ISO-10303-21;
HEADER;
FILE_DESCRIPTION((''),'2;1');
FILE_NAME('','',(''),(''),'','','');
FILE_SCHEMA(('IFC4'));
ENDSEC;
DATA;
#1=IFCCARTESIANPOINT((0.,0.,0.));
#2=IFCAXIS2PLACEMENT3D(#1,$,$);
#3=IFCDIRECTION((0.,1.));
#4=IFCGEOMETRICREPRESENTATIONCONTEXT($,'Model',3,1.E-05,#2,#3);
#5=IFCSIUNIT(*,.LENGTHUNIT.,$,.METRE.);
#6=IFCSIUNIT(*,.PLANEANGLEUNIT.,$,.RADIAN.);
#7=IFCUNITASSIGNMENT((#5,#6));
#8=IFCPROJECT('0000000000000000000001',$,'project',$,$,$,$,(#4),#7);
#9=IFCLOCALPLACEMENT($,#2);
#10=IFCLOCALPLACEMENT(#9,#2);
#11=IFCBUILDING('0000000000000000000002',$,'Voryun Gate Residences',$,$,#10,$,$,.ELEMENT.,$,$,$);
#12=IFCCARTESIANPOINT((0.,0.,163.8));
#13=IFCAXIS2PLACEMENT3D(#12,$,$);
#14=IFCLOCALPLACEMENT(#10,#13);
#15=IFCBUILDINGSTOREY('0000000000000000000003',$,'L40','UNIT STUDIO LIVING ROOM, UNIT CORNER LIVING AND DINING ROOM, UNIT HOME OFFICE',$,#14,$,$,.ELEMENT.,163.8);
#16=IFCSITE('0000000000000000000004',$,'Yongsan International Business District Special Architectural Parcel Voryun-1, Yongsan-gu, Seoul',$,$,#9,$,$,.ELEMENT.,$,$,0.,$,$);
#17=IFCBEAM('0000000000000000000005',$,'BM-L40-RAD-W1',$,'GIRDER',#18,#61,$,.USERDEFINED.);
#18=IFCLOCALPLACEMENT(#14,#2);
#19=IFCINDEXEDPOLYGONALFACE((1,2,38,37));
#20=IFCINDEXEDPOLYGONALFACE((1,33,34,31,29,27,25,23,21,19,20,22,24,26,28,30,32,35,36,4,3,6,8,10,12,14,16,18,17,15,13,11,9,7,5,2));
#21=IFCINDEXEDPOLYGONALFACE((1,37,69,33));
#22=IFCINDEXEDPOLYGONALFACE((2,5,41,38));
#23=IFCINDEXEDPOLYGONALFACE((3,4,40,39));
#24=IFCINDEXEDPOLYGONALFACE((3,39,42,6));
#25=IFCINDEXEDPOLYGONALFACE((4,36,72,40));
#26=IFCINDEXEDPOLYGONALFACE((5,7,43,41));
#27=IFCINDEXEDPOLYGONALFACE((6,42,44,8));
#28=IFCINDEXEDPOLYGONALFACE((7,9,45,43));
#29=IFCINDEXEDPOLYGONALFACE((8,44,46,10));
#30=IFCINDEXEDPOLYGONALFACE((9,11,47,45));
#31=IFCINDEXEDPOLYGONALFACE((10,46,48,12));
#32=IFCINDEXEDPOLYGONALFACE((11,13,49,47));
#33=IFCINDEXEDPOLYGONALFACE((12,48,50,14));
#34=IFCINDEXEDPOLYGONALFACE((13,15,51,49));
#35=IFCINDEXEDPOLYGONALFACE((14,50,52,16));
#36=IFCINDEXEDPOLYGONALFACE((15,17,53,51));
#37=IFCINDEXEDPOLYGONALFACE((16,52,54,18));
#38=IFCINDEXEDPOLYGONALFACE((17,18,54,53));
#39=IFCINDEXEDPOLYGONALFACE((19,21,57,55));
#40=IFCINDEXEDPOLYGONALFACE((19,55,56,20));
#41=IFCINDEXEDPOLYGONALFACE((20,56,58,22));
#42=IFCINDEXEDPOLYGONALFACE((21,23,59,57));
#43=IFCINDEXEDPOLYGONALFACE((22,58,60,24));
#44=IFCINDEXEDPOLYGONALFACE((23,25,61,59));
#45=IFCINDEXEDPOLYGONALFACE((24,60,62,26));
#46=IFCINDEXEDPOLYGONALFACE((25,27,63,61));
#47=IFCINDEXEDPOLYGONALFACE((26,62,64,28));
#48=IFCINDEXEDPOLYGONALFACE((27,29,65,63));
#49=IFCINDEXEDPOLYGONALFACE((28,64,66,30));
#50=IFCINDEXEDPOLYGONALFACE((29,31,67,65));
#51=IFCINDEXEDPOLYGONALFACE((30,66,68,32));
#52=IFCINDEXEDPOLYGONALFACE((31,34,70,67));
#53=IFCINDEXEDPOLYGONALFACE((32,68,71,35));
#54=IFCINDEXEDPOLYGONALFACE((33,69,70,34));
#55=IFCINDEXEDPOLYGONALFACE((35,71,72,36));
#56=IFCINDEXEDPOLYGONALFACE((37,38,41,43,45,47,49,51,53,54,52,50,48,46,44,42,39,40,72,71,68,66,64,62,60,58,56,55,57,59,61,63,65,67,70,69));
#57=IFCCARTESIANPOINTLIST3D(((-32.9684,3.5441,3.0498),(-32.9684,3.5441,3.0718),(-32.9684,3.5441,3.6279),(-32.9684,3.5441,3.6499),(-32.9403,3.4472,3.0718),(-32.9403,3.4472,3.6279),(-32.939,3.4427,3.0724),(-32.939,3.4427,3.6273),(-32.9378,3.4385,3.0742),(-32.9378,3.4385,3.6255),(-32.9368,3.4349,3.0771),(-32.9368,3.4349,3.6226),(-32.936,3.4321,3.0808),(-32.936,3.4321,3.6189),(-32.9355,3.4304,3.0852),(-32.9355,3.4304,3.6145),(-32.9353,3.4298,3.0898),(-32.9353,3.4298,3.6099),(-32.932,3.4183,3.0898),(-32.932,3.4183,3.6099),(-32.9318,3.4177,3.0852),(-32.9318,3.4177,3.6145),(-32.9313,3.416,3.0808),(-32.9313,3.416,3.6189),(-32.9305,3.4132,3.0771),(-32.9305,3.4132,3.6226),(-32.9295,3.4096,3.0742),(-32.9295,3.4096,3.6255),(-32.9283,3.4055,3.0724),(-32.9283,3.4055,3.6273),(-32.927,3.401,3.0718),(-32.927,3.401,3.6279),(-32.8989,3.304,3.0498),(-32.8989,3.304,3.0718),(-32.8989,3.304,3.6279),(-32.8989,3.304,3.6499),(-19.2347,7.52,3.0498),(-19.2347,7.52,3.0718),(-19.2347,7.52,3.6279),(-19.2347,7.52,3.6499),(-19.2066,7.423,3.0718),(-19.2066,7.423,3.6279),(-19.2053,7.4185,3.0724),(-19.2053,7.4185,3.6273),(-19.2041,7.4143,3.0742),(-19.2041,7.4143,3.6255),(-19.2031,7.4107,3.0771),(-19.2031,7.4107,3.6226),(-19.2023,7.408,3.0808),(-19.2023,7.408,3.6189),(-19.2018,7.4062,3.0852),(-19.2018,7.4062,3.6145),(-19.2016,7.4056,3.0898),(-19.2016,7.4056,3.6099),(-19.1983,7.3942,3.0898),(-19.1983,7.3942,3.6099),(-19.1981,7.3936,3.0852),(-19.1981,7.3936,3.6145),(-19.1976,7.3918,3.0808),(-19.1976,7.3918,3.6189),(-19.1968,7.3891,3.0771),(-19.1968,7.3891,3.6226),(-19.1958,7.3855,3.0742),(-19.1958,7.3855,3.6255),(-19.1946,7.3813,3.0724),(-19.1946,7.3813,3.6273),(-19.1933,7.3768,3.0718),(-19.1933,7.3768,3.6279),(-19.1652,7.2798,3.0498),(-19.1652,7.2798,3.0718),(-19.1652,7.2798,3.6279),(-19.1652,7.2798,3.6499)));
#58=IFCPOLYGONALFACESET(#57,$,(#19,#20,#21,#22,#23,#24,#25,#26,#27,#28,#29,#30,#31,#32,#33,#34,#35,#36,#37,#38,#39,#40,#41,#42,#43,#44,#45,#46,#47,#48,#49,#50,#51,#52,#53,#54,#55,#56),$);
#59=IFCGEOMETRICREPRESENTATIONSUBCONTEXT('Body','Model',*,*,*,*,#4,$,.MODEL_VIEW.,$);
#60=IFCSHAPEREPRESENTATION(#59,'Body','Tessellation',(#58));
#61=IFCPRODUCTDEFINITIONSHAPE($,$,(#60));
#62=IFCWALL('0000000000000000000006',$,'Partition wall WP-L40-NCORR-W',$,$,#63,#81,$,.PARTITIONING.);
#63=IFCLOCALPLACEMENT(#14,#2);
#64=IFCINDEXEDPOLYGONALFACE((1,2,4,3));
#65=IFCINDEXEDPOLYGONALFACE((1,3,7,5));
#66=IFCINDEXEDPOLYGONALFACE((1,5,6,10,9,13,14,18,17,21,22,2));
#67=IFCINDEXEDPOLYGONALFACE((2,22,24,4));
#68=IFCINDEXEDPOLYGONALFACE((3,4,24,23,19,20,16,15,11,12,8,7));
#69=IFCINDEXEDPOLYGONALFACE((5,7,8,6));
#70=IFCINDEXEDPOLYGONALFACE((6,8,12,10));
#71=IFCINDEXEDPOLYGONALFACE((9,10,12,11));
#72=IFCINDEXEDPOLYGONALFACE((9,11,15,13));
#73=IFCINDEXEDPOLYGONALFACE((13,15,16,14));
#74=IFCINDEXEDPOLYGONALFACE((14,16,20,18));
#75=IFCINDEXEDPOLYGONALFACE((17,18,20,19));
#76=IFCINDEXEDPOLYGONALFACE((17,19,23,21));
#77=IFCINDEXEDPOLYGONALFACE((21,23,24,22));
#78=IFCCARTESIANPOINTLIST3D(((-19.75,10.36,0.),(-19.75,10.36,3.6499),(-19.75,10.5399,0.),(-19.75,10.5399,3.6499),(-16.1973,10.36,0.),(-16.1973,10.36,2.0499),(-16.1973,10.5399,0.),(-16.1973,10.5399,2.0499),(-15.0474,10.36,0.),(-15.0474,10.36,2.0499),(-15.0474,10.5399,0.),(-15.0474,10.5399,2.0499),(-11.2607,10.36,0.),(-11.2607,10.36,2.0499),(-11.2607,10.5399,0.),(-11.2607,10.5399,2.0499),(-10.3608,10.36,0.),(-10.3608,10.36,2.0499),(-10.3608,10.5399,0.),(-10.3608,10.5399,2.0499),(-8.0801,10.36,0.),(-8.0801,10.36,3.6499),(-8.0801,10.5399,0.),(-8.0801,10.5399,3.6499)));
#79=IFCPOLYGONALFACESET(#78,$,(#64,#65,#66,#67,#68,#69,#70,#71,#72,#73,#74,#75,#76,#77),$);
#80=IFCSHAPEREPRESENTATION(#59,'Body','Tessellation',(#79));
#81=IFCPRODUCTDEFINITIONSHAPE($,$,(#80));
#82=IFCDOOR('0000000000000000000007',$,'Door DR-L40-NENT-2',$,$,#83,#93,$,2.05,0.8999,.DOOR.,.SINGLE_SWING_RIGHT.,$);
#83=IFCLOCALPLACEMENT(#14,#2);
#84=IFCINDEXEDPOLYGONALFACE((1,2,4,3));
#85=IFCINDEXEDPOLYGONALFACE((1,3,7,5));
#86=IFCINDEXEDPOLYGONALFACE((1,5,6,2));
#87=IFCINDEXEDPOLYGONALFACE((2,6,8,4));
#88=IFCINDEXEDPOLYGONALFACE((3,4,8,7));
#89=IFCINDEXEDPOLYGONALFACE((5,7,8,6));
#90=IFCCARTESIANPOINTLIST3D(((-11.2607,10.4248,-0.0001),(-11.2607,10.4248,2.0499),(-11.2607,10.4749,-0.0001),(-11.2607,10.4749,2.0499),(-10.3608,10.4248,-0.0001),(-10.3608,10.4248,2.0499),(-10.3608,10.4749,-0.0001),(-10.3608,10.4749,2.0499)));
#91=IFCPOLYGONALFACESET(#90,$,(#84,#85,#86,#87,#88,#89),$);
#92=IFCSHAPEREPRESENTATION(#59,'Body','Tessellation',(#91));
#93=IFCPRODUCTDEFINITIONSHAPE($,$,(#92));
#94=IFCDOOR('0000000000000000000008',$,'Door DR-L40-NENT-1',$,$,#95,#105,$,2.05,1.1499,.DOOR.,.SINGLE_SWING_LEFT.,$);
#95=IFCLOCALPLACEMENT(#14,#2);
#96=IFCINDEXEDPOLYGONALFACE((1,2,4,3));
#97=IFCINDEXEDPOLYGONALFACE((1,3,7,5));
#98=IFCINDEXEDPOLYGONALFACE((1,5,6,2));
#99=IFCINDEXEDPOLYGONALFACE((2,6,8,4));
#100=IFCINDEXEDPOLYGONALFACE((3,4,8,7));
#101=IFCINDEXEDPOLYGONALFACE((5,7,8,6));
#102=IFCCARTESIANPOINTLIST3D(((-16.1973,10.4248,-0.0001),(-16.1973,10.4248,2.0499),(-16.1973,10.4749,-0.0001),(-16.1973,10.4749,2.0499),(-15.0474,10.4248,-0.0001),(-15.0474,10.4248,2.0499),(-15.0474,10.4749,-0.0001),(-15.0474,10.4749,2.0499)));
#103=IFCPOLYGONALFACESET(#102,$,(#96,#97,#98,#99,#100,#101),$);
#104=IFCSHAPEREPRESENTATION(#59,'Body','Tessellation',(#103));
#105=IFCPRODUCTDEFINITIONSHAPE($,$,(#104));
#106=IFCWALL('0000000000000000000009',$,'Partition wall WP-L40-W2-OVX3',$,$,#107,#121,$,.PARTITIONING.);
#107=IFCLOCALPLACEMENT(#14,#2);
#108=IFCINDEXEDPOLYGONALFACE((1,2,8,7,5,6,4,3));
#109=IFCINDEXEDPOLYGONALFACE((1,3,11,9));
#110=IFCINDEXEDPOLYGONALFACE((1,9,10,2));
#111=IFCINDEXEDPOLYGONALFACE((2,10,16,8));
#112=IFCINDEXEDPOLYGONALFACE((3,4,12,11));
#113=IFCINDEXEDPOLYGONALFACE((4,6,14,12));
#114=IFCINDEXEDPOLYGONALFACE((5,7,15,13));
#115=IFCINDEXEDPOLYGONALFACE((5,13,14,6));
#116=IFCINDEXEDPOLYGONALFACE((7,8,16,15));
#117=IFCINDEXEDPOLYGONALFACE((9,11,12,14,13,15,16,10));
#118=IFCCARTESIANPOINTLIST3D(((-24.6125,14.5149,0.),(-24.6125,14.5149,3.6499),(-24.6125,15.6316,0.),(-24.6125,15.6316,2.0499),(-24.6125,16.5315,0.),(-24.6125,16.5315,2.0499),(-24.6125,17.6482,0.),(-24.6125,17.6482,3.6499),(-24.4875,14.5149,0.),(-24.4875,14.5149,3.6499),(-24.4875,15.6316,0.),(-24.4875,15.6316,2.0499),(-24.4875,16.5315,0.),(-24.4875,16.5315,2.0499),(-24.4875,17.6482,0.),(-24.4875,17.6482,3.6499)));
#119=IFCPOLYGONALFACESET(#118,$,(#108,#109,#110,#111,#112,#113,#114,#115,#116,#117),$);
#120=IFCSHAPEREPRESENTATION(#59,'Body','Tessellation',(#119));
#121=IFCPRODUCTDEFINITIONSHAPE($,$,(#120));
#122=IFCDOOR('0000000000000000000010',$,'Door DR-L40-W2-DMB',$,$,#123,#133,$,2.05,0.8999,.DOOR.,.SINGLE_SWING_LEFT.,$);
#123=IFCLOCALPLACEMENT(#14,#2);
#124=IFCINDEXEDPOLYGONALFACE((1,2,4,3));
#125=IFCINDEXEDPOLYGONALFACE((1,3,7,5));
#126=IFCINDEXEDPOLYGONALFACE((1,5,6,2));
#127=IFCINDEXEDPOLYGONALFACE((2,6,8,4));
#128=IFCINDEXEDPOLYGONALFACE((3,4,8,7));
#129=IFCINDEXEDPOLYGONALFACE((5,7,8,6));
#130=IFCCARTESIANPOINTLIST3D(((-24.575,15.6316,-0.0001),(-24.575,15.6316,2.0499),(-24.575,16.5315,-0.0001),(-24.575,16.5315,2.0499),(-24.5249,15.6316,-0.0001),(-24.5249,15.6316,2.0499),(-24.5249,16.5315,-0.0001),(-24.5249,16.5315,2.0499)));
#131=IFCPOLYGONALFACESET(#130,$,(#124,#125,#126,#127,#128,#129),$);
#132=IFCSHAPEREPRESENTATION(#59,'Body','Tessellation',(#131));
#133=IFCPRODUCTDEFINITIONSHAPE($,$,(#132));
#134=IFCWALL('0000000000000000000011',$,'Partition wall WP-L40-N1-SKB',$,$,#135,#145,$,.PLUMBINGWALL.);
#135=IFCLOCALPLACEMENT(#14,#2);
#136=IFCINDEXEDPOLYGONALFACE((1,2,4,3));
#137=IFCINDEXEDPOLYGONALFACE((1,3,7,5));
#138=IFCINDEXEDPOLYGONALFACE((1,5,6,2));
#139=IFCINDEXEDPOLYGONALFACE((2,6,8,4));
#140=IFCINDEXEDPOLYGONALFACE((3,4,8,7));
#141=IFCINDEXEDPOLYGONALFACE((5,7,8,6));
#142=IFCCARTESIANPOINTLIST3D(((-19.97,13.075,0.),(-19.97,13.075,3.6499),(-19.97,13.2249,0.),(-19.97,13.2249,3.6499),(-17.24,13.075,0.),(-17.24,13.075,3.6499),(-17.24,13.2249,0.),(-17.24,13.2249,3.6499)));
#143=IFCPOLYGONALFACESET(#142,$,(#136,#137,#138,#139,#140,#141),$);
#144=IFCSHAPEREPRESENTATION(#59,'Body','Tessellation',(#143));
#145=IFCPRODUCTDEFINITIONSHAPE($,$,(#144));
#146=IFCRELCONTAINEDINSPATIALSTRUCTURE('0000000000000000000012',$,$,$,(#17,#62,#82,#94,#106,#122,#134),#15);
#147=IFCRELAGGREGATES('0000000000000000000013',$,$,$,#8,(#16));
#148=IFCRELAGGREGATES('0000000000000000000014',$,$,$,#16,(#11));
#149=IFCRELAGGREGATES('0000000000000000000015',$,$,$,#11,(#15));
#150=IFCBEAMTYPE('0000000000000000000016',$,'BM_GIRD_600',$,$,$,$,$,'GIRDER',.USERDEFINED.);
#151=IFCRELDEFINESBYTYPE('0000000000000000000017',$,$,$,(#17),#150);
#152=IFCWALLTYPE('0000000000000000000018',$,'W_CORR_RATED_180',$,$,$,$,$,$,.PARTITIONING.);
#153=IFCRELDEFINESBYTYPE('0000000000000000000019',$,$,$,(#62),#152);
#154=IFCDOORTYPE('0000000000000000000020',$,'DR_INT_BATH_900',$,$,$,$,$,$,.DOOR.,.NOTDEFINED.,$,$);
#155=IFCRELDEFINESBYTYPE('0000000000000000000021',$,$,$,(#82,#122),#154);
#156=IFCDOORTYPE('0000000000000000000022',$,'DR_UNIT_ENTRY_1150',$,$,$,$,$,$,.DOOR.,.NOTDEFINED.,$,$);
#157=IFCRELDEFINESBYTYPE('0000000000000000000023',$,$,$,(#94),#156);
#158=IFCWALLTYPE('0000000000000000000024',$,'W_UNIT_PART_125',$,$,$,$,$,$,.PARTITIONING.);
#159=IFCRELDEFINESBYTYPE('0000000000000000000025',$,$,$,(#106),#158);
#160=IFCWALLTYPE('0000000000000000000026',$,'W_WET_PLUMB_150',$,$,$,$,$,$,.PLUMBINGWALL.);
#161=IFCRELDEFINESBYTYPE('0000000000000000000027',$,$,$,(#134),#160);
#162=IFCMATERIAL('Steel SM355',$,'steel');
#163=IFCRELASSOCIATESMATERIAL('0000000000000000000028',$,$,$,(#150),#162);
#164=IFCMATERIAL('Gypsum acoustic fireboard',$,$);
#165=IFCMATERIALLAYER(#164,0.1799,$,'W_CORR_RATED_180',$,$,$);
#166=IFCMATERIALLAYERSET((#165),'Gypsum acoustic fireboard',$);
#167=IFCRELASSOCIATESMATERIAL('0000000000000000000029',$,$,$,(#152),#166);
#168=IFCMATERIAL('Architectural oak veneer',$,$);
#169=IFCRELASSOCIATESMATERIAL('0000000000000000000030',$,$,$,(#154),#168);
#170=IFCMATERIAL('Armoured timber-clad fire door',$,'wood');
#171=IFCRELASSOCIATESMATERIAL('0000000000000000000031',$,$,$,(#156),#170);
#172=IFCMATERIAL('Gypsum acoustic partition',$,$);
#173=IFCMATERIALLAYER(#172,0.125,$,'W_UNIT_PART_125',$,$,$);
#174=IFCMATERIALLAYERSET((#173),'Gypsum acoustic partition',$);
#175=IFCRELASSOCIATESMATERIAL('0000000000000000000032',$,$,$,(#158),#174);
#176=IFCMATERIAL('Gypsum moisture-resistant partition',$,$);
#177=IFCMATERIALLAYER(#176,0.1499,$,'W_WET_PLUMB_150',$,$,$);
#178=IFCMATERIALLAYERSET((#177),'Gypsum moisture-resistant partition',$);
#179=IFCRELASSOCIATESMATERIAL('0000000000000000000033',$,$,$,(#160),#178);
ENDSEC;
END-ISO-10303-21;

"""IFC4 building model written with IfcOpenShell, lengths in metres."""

from ifc_helpers import new_model, si_unit, direction, frame, frame_2d, origin, origin_2d, place, context, subcontext, project, spatial, rectangle, i_section, extrude, material, layer, layer_set, material_profile, profile_set, type_object, element, fill, save


model = new_model("IFC4")

# Units and contexts
model_context = context("Model", 3, precision=1e-05, world=origin(), true_north=direction((0.0, 1.0)))
body_context = subcontext(model_context, "Body", "Model", "MODEL_VIEW")
ifc_project = project(units=[si_unit("LENGTHUNIT", "METRE"), si_unit("PLANEANGLEUNIT", "RADIAN")], contexts=[model_context])

# Site, building, storey
site_placement = place(None, origin())
site = spatial("IfcSite", under=ifc_project, at=site_placement, Name="Yongsan International Business District Special Architectural Parcel Voryun-1, Yongsan-gu, Seoul", CompositionType="ELEMENT", RefElevation=0.0)
building_placement = place(site_placement, origin())
building = spatial("IfcBuilding", under=site, at=building_placement, Name="Voryun Gate Residences", CompositionType="ELEMENT")
storey_placement = place(building_placement, frame((0.0, 0.0, 163.8)))
storey = spatial("IfcBuildingStorey", under=building, at=storey_placement, Name="L40", Description="UNIT STUDIO LIVING ROOM, UNIT CORNER LIVING AND DINING ROOM, UNIT HOME OFFICE", CompositionType="ELEMENT", Elevation=163.8)

# Beam
ifc_material_1 = material(Name="Steel SM355", Category="steel")
ifc_material_profile_1 = material_profile(ifc_material_1, i_section(OverallWidth=0.25, OverallDepth=0.6001, WebThickness=0.012, FlangeThickness=0.022, FilletRadius=0.0181, at=origin_2d()), Name="H-600x250x12x22")
ifc_profile_set_1 = profile_set([ifc_material_profile_1], Name="Steel SM355")
beam_type_1 = type_object("IfcBeamType", Name="BM_GIRD_600", ElementType="GIRDER", PredefinedType="USERDEFINED", material=ifc_profile_set_1)
beam_1_placement = place(storey_placement, frame((-19.2, 7.3999, 3.3499), z_axis=(-0.960559, -0.278078, 0.0), x_axis=(0.278078, -0.960559, 0.0)))
element("IfcBeam", 1, at=beam_1_placement, inside=storey, type_object=beam_type_1, Name="BM-L40-RAD-W1", ObjectType="GIRDER", PredefinedType="USERDEFINED", context=body_context, shape_type="SweptSolid", body=[
    extrude(i_section(OverallWidth=0.25, OverallDepth=0.6001, WebThickness=0.012, FlangeThickness=0.022, FilletRadius=0.0181, at=origin_2d()), origin(), (0.0, 0.0, 1.0), 14.2976),
])

# Wall, openings, doors
ifc_material_2 = material(Name="Gypsum acoustic fireboard")
ifc_layer_1 = layer(ifc_material_2, 0.1799, Name="W_CORR_RATED_180")
ifc_layer_set_1 = layer_set([ifc_layer_1], Name="Gypsum acoustic fireboard")
wall_type_1 = type_object("IfcWallType", Name="W_CORR_RATED_180", PredefinedType="PARTITIONING", material=ifc_layer_set_1)
wall_1_placement = place(storey_placement, frame((-19.75, 10.45, 0.0), z_axis=(0.0, 0.0, 1.0), x_axis=(1.0, 0.0, 0.0)))
wall_1 = element("IfcWall", 2, at=wall_1_placement, inside=storey, type_object=wall_type_1, Name="Partition wall WP-L40-NCORR-W", PredefinedType="PARTITIONING", context=body_context, shape_type="SweptSolid", body=[
    extrude(rectangle(XDim=11.6699, YDim=0.1799, at=frame_2d((5.835, 0.0))), origin(), (0.0, 0.0, 1.0), 3.6499),
])
opening_1_placement = place(wall_1_placement, frame((3.5527, 0.0, 0.0)))
opening_1 = element("IfcOpeningElement", 3, at=opening_1_placement, cuts=wall_1, PredefinedType="OPENING", context=body_context, shape_type="SweptSolid", body=[
    extrude(rectangle(XDim=1.1499, YDim=2.05, at=frame_2d((0.575, 1.0249))), frame((0.0, 0.0999, 0.0), z_axis=(0.0, -1.0, 0.0), x_axis=(1.0, 0.0, 0.0)), (0.0, 0.0, 1.0), 0.2),
])
opening_2_placement = place(wall_1_placement, frame((8.4893, 0.0, 0.0)))
opening_2 = element("IfcOpeningElement", 4, at=opening_2_placement, cuts=wall_1, PredefinedType="OPENING", context=body_context, shape_type="SweptSolid", body=[
    extrude(rectangle(XDim=0.8999, YDim=2.05, at=frame_2d((0.45, 1.0249))), frame((0.0, 0.0999, 0.0), z_axis=(0.0, -1.0, 0.0), x_axis=(1.0, 0.0, 0.0)), (0.0, 0.0, 1.0), 0.2),
])
ifc_material_3 = material(Name="Architectural oak veneer")
door_type_1 = type_object("IfcDoorType", Name="DR_INT_BATH_900", OperationType="NOTDEFINED", PredefinedType="DOOR", material=ifc_material_3)
door_1_placement = place(opening_2_placement, origin())
door_1 = element("IfcDoor", 5, at=door_1_placement, inside=storey, type_object=door_type_1, Name="Door DR-L40-NENT-2", OperationType="SINGLE_SWING_RIGHT", OverallHeight=2.05, OverallWidth=0.8999, PredefinedType="DOOR", context=body_context, shape_type="SweptSolid", body=[
    extrude(rectangle(XDim=0.8999, YDim=2.05, at=frame_2d((0.45, 1.0249))), frame((0.0, 0.0249, 0.0), z_axis=(0.0, -1.0, 0.0), x_axis=(1.0, 0.0, 0.0)), (0.0, 0.0, 1.0), 0.05),
])
fill(opening_2, door_1)
ifc_material_4 = material(Name="Armoured timber-clad fire door", Category="wood")
door_type_2 = type_object("IfcDoorType", Name="DR_UNIT_ENTRY_1150", OperationType="NOTDEFINED", PredefinedType="DOOR", material=ifc_material_4)
door_2_placement = place(opening_1_placement, origin())
door_2 = element("IfcDoor", 6, at=door_2_placement, inside=storey, type_object=door_type_2, Name="Door DR-L40-NENT-1", OperationType="SINGLE_SWING_LEFT", OverallHeight=2.05, OverallWidth=1.1499, PredefinedType="DOOR", context=body_context, shape_type="SweptSolid", body=[
    extrude(rectangle(XDim=1.1499, YDim=2.05, at=frame_2d((0.575, 1.0249))), frame((0.0, 0.0249, 0.0), z_axis=(0.0, -1.0, 0.0), x_axis=(1.0, 0.0, 0.0)), (0.0, 0.0, 1.0), 0.05),
])
fill(opening_1, door_2)

# Wall, opening, door
ifc_material_5 = material(Name="Gypsum acoustic partition")
ifc_layer_2 = layer(ifc_material_5, 0.125, Name="W_UNIT_PART_125")
ifc_layer_set_2 = layer_set([ifc_layer_2], Name="Gypsum acoustic partition")
wall_type_2 = type_object("IfcWallType", Name="W_UNIT_PART_125", PredefinedType="PARTITIONING", material=ifc_layer_set_2)
wall_2_placement = place(storey_placement, frame((-24.55, 14.5149, 0.0), z_axis=(0.0, 0.0, 1.0), x_axis=(0.0, 1.0, 0.0)))
wall_2 = element("IfcWall", 7, at=wall_2_placement, inside=storey, type_object=wall_type_2, Name="Partition wall WP-L40-W2-OVX3", PredefinedType="PARTITIONING", context=body_context, shape_type="SweptSolid", body=[
    extrude(rectangle(XDim=3.1333, YDim=0.125, at=frame_2d((1.5667, 0.0))), origin(), (0.0, 0.0, 1.0), 3.6499),
])
opening_3_placement = place(wall_2_placement, frame((1.1167, 0.0, 0.0)))
opening_3 = element("IfcOpeningElement", 8, at=opening_3_placement, cuts=wall_2, PredefinedType="OPENING", context=body_context, shape_type="SweptSolid", body=[
    extrude(rectangle(XDim=0.8999, YDim=2.05, at=frame_2d((0.45, 1.0249))), frame((0.0, 0.0725, 0.0), z_axis=(0.0, -1.0, 0.0), x_axis=(1.0, 0.0, 0.0)), (0.0, 0.0, 1.0), 0.145),
])
door_3_placement = place(opening_3_placement, origin())
door_3 = element("IfcDoor", 9, at=door_3_placement, inside=storey, type_object=door_type_1, Name="Door DR-L40-W2-DMB", OperationType="SINGLE_SWING_LEFT", OverallHeight=2.05, OverallWidth=0.8999, PredefinedType="DOOR", context=body_context, shape_type="SweptSolid", body=[
    extrude(rectangle(XDim=0.8999, YDim=2.05, at=frame_2d((0.45, 1.0249))), frame((0.0, 0.0249, 0.0), z_axis=(0.0, -1.0, 0.0), x_axis=(1.0, 0.0, 0.0)), (0.0, 0.0, 1.0), 0.05),
])
fill(opening_3, door_3)

# Wall
ifc_material_6 = material(Name="Gypsum moisture-resistant partition")
ifc_layer_3 = layer(ifc_material_6, 0.1499, Name="W_WET_PLUMB_150")
ifc_layer_set_3 = layer_set([ifc_layer_3], Name="Gypsum moisture-resistant partition")
wall_type_3 = type_object("IfcWallType", Name="W_WET_PLUMB_150", PredefinedType="PLUMBINGWALL", material=ifc_layer_set_3)
wall_3_placement = place(storey_placement, frame((-19.97, 13.1499, 0.0), z_axis=(0.0, 0.0, 1.0), x_axis=(1.0, 0.0, 0.0)))
element("IfcWall", 10, at=wall_3_placement, inside=storey, type_object=wall_type_3, Name="Partition wall WP-L40-N1-SKB", PredefinedType="PLUMBINGWALL", context=body_context, shape_type="SweptSolid", body=[
    extrude(rectangle(XDim=2.73, YDim=0.1499, at=frame_2d((1.365, 0.0))), origin(), (0.0, 0.0, 1.0), 3.6499),
])

save(model, "model.ifc")
